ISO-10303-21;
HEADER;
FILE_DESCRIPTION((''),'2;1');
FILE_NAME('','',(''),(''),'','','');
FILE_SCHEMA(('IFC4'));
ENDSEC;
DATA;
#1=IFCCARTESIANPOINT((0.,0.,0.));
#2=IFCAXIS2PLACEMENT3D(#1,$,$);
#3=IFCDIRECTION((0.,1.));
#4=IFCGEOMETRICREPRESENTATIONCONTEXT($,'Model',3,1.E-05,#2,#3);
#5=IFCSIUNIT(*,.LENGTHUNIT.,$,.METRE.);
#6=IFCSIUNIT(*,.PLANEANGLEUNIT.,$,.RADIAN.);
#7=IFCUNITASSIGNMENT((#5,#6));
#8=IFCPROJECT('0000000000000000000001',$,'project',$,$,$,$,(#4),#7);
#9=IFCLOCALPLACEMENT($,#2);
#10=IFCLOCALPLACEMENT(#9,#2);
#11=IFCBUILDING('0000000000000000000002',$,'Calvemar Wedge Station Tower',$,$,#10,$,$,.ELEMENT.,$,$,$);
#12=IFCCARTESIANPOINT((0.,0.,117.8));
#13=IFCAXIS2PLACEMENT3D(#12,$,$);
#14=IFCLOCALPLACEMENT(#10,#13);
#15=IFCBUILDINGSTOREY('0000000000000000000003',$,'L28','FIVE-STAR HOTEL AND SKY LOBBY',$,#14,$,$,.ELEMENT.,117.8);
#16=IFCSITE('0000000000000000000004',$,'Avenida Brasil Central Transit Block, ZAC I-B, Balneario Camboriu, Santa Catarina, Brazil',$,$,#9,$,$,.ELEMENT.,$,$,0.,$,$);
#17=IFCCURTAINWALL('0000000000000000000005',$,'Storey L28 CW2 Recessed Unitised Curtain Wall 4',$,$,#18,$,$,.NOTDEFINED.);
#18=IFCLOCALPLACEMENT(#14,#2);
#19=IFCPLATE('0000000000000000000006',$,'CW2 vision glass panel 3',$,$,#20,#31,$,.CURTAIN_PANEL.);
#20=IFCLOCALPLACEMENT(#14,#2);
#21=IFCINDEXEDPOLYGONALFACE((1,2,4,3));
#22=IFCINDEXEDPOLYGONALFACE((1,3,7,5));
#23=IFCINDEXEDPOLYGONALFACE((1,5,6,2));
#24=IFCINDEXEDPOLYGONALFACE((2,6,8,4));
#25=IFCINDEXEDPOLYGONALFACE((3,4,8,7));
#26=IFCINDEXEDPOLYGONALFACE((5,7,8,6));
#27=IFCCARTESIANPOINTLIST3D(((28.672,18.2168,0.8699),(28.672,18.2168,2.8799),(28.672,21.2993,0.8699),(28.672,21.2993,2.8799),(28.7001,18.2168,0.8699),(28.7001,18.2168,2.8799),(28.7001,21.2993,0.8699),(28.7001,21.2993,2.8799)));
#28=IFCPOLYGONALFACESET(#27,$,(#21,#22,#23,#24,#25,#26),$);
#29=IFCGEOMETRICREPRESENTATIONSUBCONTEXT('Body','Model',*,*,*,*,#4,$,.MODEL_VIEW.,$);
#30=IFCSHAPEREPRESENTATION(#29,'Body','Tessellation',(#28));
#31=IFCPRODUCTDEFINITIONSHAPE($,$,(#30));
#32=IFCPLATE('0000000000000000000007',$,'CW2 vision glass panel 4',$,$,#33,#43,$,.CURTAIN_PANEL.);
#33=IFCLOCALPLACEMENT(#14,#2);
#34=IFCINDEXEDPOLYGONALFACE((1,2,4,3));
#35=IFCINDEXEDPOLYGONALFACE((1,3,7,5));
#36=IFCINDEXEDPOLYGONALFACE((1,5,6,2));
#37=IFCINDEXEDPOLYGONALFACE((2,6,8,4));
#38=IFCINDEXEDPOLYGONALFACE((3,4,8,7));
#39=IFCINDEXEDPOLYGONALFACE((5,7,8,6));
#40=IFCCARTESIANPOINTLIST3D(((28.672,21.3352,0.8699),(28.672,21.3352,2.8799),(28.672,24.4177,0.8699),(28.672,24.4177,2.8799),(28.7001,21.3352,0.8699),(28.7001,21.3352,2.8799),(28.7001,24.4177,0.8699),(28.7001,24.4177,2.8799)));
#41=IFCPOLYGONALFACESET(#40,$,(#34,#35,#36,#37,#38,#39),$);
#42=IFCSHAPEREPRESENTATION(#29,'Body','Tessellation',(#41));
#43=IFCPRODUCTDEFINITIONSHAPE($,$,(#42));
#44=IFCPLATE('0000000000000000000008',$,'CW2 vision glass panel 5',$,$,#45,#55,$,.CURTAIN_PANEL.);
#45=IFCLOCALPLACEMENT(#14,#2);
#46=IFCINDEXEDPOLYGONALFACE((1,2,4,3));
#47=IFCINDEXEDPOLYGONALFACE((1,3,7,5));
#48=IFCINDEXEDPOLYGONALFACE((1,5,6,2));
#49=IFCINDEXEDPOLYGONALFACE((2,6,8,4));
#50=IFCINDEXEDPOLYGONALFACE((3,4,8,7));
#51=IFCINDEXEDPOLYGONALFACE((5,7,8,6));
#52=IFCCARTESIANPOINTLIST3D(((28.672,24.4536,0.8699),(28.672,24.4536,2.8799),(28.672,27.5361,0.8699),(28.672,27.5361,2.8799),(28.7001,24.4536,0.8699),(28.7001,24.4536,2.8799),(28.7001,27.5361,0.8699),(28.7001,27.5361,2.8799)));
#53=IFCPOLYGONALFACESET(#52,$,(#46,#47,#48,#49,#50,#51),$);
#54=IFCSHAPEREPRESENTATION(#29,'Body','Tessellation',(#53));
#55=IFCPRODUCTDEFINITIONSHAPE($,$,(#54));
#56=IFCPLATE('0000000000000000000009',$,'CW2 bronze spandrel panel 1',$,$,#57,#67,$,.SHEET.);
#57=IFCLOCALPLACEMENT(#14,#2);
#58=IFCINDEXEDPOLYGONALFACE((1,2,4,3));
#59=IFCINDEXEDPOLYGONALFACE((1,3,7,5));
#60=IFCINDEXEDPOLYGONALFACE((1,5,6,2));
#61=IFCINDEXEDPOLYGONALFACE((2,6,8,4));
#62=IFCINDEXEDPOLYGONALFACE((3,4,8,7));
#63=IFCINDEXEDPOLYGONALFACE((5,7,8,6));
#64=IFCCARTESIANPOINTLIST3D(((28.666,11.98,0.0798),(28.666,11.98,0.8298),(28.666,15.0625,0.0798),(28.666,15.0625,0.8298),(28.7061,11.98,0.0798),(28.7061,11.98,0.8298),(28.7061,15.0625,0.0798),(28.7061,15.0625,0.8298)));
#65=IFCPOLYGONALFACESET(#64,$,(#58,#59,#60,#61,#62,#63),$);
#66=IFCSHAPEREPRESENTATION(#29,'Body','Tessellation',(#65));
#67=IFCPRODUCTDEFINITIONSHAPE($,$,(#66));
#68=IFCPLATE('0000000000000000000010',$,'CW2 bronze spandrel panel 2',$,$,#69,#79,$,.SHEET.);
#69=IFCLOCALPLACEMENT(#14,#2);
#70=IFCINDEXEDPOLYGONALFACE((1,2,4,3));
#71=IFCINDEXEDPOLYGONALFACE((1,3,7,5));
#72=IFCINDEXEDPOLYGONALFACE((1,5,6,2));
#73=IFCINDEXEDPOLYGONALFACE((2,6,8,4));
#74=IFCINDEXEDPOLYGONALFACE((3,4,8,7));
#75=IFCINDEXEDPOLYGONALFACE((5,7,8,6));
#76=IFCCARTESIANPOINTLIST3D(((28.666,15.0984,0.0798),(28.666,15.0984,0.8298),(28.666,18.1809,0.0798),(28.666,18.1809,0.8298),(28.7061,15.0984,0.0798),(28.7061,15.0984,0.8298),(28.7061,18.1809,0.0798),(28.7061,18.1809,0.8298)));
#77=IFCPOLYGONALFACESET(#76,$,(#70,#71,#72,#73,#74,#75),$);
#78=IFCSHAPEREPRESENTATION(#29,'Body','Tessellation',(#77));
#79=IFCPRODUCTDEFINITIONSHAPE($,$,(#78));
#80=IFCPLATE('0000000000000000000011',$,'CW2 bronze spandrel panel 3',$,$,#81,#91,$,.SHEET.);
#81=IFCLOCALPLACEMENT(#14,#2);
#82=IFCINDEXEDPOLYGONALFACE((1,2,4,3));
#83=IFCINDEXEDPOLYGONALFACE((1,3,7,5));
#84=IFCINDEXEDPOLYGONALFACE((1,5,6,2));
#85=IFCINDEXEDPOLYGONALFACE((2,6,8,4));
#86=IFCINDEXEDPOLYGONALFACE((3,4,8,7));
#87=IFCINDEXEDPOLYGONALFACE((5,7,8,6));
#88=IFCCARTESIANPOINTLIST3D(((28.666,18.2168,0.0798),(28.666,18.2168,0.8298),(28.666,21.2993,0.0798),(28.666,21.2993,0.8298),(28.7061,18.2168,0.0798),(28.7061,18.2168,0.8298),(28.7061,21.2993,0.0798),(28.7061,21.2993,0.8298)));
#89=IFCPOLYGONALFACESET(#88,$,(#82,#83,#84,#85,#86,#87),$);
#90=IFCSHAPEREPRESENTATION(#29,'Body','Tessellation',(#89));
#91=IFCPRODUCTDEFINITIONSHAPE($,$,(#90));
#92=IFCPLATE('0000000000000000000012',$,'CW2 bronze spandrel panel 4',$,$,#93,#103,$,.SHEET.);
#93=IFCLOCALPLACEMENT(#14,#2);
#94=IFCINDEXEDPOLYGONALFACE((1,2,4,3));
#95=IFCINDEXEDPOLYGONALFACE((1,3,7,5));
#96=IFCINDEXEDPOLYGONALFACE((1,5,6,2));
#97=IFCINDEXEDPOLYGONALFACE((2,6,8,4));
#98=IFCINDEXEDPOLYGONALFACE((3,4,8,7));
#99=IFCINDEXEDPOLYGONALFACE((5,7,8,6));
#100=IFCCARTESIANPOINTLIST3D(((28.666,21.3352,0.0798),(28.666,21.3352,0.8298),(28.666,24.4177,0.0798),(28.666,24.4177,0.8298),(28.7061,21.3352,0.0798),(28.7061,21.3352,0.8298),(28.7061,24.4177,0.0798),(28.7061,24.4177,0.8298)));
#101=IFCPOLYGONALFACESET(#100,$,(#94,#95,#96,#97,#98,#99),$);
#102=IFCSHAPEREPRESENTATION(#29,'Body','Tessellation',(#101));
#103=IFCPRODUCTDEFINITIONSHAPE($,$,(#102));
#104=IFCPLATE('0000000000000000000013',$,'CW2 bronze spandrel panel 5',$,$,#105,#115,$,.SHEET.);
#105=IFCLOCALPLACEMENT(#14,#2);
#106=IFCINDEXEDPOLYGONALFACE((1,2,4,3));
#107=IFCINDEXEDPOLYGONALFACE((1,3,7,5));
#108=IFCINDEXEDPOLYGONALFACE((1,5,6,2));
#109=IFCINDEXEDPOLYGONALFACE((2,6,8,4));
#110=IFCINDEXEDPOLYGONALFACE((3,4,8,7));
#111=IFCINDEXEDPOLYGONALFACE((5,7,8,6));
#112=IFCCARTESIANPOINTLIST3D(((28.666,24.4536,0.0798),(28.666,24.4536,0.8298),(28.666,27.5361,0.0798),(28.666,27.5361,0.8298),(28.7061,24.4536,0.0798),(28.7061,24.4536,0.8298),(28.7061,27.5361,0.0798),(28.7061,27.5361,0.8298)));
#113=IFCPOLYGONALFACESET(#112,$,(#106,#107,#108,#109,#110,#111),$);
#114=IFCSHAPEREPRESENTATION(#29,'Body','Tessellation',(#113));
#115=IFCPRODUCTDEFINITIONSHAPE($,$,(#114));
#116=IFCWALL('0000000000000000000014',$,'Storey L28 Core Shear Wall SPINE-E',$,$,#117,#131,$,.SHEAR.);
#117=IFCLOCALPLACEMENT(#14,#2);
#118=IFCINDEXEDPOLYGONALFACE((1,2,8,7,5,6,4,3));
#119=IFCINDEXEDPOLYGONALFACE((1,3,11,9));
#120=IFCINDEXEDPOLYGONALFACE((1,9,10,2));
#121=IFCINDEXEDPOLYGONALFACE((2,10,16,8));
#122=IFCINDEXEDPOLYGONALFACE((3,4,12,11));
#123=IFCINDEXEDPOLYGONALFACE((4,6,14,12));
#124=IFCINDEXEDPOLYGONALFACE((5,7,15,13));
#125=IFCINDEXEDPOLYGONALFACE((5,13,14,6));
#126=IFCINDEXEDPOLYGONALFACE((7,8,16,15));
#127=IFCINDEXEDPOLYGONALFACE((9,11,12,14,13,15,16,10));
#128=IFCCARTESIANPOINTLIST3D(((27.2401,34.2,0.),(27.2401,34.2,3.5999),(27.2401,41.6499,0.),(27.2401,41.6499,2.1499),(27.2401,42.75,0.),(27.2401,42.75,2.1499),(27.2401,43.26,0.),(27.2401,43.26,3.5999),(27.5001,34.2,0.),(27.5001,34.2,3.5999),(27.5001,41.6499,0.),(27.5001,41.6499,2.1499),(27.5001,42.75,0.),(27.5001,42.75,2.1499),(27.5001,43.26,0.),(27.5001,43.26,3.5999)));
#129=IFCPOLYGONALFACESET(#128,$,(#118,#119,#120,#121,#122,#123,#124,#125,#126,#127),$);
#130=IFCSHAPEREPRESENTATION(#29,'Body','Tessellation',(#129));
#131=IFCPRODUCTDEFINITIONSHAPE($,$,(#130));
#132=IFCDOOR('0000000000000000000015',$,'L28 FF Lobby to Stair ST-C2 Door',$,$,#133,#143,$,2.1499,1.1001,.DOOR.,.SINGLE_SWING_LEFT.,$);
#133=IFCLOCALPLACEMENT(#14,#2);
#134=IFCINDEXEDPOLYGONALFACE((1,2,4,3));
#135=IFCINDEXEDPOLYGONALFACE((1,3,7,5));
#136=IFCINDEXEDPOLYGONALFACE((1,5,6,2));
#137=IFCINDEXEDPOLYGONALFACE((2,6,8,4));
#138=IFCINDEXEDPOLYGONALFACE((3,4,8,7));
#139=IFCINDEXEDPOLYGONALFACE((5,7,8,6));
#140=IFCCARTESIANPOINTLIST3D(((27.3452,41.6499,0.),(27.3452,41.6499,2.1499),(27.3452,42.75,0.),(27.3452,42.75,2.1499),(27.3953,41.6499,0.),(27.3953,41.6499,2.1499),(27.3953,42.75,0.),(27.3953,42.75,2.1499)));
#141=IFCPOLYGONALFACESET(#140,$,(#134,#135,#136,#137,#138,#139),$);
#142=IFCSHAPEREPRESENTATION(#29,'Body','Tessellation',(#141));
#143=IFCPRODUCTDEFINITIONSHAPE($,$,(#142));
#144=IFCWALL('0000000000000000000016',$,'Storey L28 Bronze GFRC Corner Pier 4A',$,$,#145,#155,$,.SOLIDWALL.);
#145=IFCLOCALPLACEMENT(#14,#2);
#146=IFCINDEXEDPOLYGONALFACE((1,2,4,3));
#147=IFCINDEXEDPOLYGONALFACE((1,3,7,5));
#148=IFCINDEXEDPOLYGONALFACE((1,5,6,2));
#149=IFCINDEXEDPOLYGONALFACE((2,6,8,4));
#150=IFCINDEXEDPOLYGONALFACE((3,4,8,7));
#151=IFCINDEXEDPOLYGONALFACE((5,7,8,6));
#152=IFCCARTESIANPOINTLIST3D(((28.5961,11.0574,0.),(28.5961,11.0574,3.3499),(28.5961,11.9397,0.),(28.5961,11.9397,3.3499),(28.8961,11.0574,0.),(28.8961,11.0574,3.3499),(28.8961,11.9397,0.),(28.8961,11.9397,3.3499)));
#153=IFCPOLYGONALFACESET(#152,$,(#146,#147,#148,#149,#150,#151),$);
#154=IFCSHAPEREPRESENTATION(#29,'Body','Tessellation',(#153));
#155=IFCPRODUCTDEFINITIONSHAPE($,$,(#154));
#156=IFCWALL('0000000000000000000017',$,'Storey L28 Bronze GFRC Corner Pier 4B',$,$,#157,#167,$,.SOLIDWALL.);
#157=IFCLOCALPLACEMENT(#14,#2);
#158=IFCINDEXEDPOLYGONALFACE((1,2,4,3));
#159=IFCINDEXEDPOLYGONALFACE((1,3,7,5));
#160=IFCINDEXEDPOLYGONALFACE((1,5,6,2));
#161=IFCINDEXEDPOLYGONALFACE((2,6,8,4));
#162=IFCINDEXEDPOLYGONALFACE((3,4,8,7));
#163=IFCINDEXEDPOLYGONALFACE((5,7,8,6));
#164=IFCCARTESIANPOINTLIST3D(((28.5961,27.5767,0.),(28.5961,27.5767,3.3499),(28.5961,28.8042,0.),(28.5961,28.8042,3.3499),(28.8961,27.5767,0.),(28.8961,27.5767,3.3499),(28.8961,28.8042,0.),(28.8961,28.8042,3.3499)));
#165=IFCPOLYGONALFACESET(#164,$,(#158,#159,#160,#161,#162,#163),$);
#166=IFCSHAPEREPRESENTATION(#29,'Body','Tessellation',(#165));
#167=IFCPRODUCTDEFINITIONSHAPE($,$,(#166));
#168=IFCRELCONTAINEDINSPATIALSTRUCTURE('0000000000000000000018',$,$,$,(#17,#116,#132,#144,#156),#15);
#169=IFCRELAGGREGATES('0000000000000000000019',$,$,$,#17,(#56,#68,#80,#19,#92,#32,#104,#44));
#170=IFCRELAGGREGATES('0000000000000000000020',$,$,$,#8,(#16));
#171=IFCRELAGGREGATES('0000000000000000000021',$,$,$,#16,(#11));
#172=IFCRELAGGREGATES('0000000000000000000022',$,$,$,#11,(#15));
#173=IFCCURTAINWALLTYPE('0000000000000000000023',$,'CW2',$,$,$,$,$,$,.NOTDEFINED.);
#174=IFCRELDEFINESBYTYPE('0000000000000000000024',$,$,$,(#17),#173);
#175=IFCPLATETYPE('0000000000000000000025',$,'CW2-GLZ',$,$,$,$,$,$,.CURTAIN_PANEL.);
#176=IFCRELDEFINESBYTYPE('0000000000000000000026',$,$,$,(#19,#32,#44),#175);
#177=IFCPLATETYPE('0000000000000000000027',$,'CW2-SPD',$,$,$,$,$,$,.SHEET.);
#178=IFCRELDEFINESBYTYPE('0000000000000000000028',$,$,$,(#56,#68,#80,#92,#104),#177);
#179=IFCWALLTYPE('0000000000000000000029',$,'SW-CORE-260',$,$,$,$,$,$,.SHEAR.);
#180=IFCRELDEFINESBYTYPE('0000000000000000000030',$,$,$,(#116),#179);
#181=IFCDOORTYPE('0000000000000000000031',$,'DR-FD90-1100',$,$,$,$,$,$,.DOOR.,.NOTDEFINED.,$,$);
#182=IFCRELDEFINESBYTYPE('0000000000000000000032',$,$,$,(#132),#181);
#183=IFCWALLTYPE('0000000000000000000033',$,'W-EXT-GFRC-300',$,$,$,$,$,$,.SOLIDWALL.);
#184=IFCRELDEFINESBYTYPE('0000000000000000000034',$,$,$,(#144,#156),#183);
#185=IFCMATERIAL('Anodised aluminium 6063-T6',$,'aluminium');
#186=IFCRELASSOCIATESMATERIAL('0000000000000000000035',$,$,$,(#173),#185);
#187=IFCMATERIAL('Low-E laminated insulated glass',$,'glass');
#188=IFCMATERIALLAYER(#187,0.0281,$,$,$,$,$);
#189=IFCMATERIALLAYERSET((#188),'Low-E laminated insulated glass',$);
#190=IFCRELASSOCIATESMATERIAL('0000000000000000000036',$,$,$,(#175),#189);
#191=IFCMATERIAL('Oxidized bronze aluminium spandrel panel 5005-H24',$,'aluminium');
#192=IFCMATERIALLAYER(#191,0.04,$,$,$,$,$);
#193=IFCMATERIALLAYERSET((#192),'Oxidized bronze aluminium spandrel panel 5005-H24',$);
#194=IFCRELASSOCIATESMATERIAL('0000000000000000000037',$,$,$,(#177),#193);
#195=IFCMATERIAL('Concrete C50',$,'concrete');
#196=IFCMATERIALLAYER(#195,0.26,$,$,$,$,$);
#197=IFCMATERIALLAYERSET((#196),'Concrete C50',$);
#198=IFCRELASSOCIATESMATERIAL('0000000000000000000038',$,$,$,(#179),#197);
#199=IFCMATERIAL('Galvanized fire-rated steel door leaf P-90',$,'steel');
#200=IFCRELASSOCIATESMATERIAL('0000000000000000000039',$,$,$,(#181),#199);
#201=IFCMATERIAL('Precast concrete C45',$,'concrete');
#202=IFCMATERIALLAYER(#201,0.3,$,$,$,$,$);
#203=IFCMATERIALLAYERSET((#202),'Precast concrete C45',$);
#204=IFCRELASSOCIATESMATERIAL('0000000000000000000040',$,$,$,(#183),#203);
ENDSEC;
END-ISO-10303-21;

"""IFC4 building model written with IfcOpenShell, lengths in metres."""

from ifc_helpers import new_model, si_unit, direction, frame, frame_2d, origin, place, context, subcontext, project, spatial, rectangle, extrude, source, transform, mapped, material, layer, layer_set, type_object, element, fill, aggregate, save


model = new_model("IFC4")

# Units and contexts
model_context = context("Model", 3, precision=1e-05, world=origin(), true_north=direction((0.0, 1.0)))
body_context = subcontext(model_context, "Body", "Model", "MODEL_VIEW")
ifc_project = project(units=[si_unit("LENGTHUNIT", "METRE"), si_unit("PLANEANGLEUNIT", "RADIAN")], contexts=[model_context])

# Site, building, storey
site_placement = place(None, origin())
site = spatial("IfcSite", under=ifc_project, at=site_placement, Name="Avenida Brasil Central Transit Block, ZAC I-B, Balneario Camboriu, Santa Catarina, Brazil", CompositionType="ELEMENT", RefElevation=0.0)
building_placement = place(site_placement, origin())
building = spatial("IfcBuilding", under=site, at=building_placement, Name="Calvemar Wedge Station Tower", CompositionType="ELEMENT")
storey_placement = place(building_placement, frame((0.0, 0.0, 117.8)))
storey = spatial("IfcBuildingStorey", under=building, at=storey_placement, Name="L28", Description="FIVE-STAR HOTEL AND SKY LOBBY", CompositionType="ELEMENT", Elevation=117.8)

# Curtain wall
ifc_material_1 = material(Name="Anodised aluminium 6063-T6", Category="aluminium")
curtain_wall_type = type_object("IfcCurtainWallType", Name="CW2", PredefinedType="NOTDEFINED", material=ifc_material_1)
curtain_wall_1_placement = place(storey_placement, origin())
curtain_wall_1 = element("IfcCurtainWall", 1, at=curtain_wall_1_placement, inside=storey, type_object=curtain_wall_type, Name="Storey L28 CW2 Recessed Unitised Curtain Wall 4", PredefinedType="NOTDEFINED")

# Plates
ifc_material_2 = material(Name="Low-E laminated insulated glass", Category="glass")
ifc_layer_1 = layer(ifc_material_2, 0.0281)
ifc_layer_set_1 = layer_set([ifc_layer_1], Name="Low-E laminated insulated glass")
plate_type_1 = type_object("IfcPlateType", Name="CW2-GLZ", PredefinedType="CURTAIN_PANEL", material=ifc_layer_set_1)
plate_1_placement = place(storey_placement, frame((28.686, 18.2168, 0.8699), z_axis=(0.0, 0.0, 1.0), x_axis=(0.0, 1.0, 0.0)))
plate_1 = element("IfcPlate", 2, at=plate_1_placement, type_object=plate_type_1, Name="CW2 vision glass panel 3", PredefinedType="CURTAIN_PANEL", context=body_context, shape_type="SweptSolid", body=[
    extrude(rectangle(XDim=3.0825, YDim=0.0281, at=frame_2d((1.5413, 0.0))), origin(), (0.0, 0.0, 1.0), 2.01),
])
plate_2_placement = place(storey_placement, frame((28.686, 21.3352, 0.8699), z_axis=(0.0, 0.0, 1.0), x_axis=(0.0, 1.0, 0.0)))
plate_2 = element("IfcPlate", 3, at=plate_2_placement, type_object=plate_type_1, Name="CW2 vision glass panel 4", PredefinedType="CURTAIN_PANEL", context=body_context, shape_type="SweptSolid", body=[
    extrude(rectangle(XDim=3.0825, YDim=0.0281, at=frame_2d((1.5413, 0.0))), origin(), (0.0, 0.0, 1.0), 2.01),
])
plate_3_placement = place(storey_placement, frame((28.686, 24.4536, 0.8699), z_axis=(0.0, 0.0, 1.0), x_axis=(0.0, 1.0, 0.0)))
plate_3 = element("IfcPlate", 4, at=plate_3_placement, type_object=plate_type_1, Name="CW2 vision glass panel 5", PredefinedType="CURTAIN_PANEL", context=body_context, shape_type="SweptSolid", body=[
    extrude(rectangle(XDim=3.0825, YDim=0.0281, at=frame_2d((1.5413, 0.0))), origin(), (0.0, 0.0, 1.0), 2.01),
])
ifc_material_3 = material(Name="Oxidized bronze aluminium spandrel panel 5005-H24", Category="aluminium")
ifc_layer_2 = layer(ifc_material_3, 0.04)
ifc_layer_set_2 = layer_set([ifc_layer_2], Name="Oxidized bronze aluminium spandrel panel 5005-H24")
plate_type_2 = type_object("IfcPlateType", Name="CW2-SPD", PredefinedType="SHEET", material=ifc_layer_set_2)
plate_4_placement = place(storey_placement, frame((28.686, 11.98, 0.0798), z_axis=(0.0, 0.0, 1.0), x_axis=(0.0, 1.0, 0.0)))
plate_4 = element("IfcPlate", 5, at=plate_4_placement, type_object=plate_type_2, Name="CW2 bronze spandrel panel 1", PredefinedType="SHEET", context=body_context, shape_type="SweptSolid", body=[
    extrude(rectangle(XDim=3.0825, YDim=0.04, at=frame_2d((1.5413, 0.0))), origin(), (0.0, 0.0, 1.0), 0.75),
])
plate_5_placement = place(storey_placement, frame((28.686, 15.0984, 0.0798), z_axis=(0.0, 0.0, 1.0), x_axis=(0.0, 1.0, 0.0)))
plate_5 = element("IfcPlate", 6, at=plate_5_placement, type_object=plate_type_2, Name="CW2 bronze spandrel panel 2", PredefinedType="SHEET", context=body_context, shape_type="SweptSolid", body=[
    extrude(rectangle(XDim=3.0825, YDim=0.04, at=frame_2d((1.5413, 0.0))), origin(), (0.0, 0.0, 1.0), 0.75),
])
plate_6_placement = place(storey_placement, frame((28.686, 18.2168, 0.0798), z_axis=(0.0, 0.0, 1.0), x_axis=(0.0, 1.0, 0.0)))
plate_6 = element("IfcPlate", 7, at=plate_6_placement, type_object=plate_type_2, Name="CW2 bronze spandrel panel 3", PredefinedType="SHEET", context=body_context, shape_type="SweptSolid", body=[
    extrude(rectangle(XDim=3.0825, YDim=0.04, at=frame_2d((1.5413, 0.0))), origin(), (0.0, 0.0, 1.0), 0.75),
])
plate_7_placement = place(storey_placement, frame((28.686, 21.3352, 0.0798), z_axis=(0.0, 0.0, 1.0), x_axis=(0.0, 1.0, 0.0)))
plate_7 = element("IfcPlate", 8, at=plate_7_placement, type_object=plate_type_2, Name="CW2 bronze spandrel panel 4", PredefinedType="SHEET", context=body_context, shape_type="SweptSolid", body=[
    extrude(rectangle(XDim=3.0825, YDim=0.04, at=frame_2d((1.5413, 0.0))), origin(), (0.0, 0.0, 1.0), 0.75),
])
plate_8_placement = place(storey_placement, frame((28.686, 24.4536, 0.0798), z_axis=(0.0, 0.0, 1.0), x_axis=(0.0, 1.0, 0.0)))
plate_8 = element("IfcPlate", 9, at=plate_8_placement, type_object=plate_type_2, Name="CW2 bronze spandrel panel 5", PredefinedType="SHEET", context=body_context, shape_type="SweptSolid", body=[
    extrude(rectangle(XDim=3.0825, YDim=0.04, at=frame_2d((1.5413, 0.0))), origin(), (0.0, 0.0, 1.0), 0.75),
])
aggregate(curtain_wall_1, [plate_4, plate_5, plate_6, plate_1, plate_7, plate_2, plate_8, plate_3])

# Wall, opening, door
ifc_material_4 = material(Name="Concrete C50", Category="concrete")
ifc_layer_3 = layer(ifc_material_4, 0.26)
ifc_layer_set_3 = layer_set([ifc_layer_3], Name="Concrete C50")
wall_type_1 = type_object("IfcWallType", Name="SW-CORE-260", PredefinedType="SHEAR", material=ifc_layer_set_3)
wall_1_placement = place(storey_placement, frame((27.3701, 34.2, 0.0), z_axis=(0.0, 0.0, 1.0), x_axis=(0.0, 1.0, 0.0)))
wall_1 = element("IfcWall", 10, at=wall_1_placement, inside=storey, type_object=wall_type_1, Name="Storey L28 Core Shear Wall SPINE-E", PredefinedType="SHEAR", context=body_context, shape_type="SweptSolid", body=[
    extrude(rectangle(XDim=9.0601, YDim=0.26, at=frame_2d((4.53, 0.0))), origin(), (0.0, 0.0, 1.0), 3.5999),
])
shared_shape_1 = source(origin(), body_context, "Body", "SweptSolid", [
    extrude(rectangle(XDim=1.1001, YDim=2.1499, at=frame_2d((0.55, 1.075))), frame((0.0, 0.1401, 0.0), z_axis=(0.0, -1.0, 0.0), x_axis=(1.0, 0.0, 0.0)), (0.0, 0.0, 1.0), 0.28),
])
opening_1_placement = place(wall_1_placement, frame((7.45, 0.0, 0.0)))
opening_1 = element("IfcOpeningElement", 11, at=opening_1_placement, cuts=wall_1, PredefinedType="OPENING", context=body_context, shape_type="MappedRepresentation", body=[
    mapped(shared_shape_1, transform((0.0, 0.0, 0.0), scale=1.0)),
])
ifc_material_5 = material(Name="Galvanized fire-rated steel door leaf P-90", Category="steel")
door_type = type_object("IfcDoorType", Name="DR-FD90-1100", OperationType="NOTDEFINED", PredefinedType="DOOR", material=ifc_material_5)
shared_shape_2 = source(origin(), body_context, "Body", "SweptSolid", [
    extrude(rectangle(XDim=1.1001, YDim=2.1499, at=frame_2d((0.55, 1.075))), frame((0.0, 0.0249, 0.0), z_axis=(0.0, -1.0, 0.0), x_axis=(1.0, 0.0, 0.0)), (0.0, 0.0, 1.0), 0.05),
])
door_1_placement = place(opening_1_placement, origin())
door_1 = element("IfcDoor", 12, at=door_1_placement, inside=storey, type_object=door_type, Name="L28 FF Lobby to Stair ST-C2 Door", OperationType="SINGLE_SWING_LEFT", OverallHeight=2.1499, OverallWidth=1.1001, PredefinedType="DOOR", context=body_context, shape_type="MappedRepresentation", body=[
    mapped(shared_shape_2, transform((0.0, 0.0, 0.0), scale=1.0)),
])
fill(opening_1, door_1)

# Walls
ifc_material_6 = material(Name="Precast concrete C45", Category="concrete")
ifc_layer_4 = layer(ifc_material_6, 0.3)
ifc_layer_set_4 = layer_set([ifc_layer_4], Name="Precast concrete C45")
wall_type_2 = type_object("IfcWallType", Name="W-EXT-GFRC-300", PredefinedType="SOLIDWALL", material=ifc_layer_set_4)
wall_2_placement = place(storey_placement, frame((28.7461, 11.0574, 0.0), z_axis=(0.0, 0.0, 1.0), x_axis=(0.0, 1.0, 0.0)))
element("IfcWall", 13, at=wall_2_placement, inside=storey, type_object=wall_type_2, Name="Storey L28 Bronze GFRC Corner Pier 4A", PredefinedType="SOLIDWALL", context=body_context, shape_type="SweptSolid", body=[
    extrude(rectangle(XDim=0.8823, YDim=0.3, at=frame_2d((0.4412, 0.0))), origin(), (0.0, 0.0, 1.0), 3.3499),
])
wall_3_placement = place(storey_placement, frame((28.7461, 27.5767, 0.0), z_axis=(0.0, 0.0, 1.0), x_axis=(0.0, 1.0, 0.0)))
element("IfcWall", 14, at=wall_3_placement, inside=storey, type_object=wall_type_2, Name="Storey L28 Bronze GFRC Corner Pier 4B", PredefinedType="SOLIDWALL", context=body_context, shape_type="SweptSolid", body=[
    extrude(rectangle(XDim=1.2275, YDim=0.3, at=frame_2d((0.6138, 0.0))), origin(), (0.0, 0.0, 1.0), 3.3499),
])

save(model, "model.ifc")
